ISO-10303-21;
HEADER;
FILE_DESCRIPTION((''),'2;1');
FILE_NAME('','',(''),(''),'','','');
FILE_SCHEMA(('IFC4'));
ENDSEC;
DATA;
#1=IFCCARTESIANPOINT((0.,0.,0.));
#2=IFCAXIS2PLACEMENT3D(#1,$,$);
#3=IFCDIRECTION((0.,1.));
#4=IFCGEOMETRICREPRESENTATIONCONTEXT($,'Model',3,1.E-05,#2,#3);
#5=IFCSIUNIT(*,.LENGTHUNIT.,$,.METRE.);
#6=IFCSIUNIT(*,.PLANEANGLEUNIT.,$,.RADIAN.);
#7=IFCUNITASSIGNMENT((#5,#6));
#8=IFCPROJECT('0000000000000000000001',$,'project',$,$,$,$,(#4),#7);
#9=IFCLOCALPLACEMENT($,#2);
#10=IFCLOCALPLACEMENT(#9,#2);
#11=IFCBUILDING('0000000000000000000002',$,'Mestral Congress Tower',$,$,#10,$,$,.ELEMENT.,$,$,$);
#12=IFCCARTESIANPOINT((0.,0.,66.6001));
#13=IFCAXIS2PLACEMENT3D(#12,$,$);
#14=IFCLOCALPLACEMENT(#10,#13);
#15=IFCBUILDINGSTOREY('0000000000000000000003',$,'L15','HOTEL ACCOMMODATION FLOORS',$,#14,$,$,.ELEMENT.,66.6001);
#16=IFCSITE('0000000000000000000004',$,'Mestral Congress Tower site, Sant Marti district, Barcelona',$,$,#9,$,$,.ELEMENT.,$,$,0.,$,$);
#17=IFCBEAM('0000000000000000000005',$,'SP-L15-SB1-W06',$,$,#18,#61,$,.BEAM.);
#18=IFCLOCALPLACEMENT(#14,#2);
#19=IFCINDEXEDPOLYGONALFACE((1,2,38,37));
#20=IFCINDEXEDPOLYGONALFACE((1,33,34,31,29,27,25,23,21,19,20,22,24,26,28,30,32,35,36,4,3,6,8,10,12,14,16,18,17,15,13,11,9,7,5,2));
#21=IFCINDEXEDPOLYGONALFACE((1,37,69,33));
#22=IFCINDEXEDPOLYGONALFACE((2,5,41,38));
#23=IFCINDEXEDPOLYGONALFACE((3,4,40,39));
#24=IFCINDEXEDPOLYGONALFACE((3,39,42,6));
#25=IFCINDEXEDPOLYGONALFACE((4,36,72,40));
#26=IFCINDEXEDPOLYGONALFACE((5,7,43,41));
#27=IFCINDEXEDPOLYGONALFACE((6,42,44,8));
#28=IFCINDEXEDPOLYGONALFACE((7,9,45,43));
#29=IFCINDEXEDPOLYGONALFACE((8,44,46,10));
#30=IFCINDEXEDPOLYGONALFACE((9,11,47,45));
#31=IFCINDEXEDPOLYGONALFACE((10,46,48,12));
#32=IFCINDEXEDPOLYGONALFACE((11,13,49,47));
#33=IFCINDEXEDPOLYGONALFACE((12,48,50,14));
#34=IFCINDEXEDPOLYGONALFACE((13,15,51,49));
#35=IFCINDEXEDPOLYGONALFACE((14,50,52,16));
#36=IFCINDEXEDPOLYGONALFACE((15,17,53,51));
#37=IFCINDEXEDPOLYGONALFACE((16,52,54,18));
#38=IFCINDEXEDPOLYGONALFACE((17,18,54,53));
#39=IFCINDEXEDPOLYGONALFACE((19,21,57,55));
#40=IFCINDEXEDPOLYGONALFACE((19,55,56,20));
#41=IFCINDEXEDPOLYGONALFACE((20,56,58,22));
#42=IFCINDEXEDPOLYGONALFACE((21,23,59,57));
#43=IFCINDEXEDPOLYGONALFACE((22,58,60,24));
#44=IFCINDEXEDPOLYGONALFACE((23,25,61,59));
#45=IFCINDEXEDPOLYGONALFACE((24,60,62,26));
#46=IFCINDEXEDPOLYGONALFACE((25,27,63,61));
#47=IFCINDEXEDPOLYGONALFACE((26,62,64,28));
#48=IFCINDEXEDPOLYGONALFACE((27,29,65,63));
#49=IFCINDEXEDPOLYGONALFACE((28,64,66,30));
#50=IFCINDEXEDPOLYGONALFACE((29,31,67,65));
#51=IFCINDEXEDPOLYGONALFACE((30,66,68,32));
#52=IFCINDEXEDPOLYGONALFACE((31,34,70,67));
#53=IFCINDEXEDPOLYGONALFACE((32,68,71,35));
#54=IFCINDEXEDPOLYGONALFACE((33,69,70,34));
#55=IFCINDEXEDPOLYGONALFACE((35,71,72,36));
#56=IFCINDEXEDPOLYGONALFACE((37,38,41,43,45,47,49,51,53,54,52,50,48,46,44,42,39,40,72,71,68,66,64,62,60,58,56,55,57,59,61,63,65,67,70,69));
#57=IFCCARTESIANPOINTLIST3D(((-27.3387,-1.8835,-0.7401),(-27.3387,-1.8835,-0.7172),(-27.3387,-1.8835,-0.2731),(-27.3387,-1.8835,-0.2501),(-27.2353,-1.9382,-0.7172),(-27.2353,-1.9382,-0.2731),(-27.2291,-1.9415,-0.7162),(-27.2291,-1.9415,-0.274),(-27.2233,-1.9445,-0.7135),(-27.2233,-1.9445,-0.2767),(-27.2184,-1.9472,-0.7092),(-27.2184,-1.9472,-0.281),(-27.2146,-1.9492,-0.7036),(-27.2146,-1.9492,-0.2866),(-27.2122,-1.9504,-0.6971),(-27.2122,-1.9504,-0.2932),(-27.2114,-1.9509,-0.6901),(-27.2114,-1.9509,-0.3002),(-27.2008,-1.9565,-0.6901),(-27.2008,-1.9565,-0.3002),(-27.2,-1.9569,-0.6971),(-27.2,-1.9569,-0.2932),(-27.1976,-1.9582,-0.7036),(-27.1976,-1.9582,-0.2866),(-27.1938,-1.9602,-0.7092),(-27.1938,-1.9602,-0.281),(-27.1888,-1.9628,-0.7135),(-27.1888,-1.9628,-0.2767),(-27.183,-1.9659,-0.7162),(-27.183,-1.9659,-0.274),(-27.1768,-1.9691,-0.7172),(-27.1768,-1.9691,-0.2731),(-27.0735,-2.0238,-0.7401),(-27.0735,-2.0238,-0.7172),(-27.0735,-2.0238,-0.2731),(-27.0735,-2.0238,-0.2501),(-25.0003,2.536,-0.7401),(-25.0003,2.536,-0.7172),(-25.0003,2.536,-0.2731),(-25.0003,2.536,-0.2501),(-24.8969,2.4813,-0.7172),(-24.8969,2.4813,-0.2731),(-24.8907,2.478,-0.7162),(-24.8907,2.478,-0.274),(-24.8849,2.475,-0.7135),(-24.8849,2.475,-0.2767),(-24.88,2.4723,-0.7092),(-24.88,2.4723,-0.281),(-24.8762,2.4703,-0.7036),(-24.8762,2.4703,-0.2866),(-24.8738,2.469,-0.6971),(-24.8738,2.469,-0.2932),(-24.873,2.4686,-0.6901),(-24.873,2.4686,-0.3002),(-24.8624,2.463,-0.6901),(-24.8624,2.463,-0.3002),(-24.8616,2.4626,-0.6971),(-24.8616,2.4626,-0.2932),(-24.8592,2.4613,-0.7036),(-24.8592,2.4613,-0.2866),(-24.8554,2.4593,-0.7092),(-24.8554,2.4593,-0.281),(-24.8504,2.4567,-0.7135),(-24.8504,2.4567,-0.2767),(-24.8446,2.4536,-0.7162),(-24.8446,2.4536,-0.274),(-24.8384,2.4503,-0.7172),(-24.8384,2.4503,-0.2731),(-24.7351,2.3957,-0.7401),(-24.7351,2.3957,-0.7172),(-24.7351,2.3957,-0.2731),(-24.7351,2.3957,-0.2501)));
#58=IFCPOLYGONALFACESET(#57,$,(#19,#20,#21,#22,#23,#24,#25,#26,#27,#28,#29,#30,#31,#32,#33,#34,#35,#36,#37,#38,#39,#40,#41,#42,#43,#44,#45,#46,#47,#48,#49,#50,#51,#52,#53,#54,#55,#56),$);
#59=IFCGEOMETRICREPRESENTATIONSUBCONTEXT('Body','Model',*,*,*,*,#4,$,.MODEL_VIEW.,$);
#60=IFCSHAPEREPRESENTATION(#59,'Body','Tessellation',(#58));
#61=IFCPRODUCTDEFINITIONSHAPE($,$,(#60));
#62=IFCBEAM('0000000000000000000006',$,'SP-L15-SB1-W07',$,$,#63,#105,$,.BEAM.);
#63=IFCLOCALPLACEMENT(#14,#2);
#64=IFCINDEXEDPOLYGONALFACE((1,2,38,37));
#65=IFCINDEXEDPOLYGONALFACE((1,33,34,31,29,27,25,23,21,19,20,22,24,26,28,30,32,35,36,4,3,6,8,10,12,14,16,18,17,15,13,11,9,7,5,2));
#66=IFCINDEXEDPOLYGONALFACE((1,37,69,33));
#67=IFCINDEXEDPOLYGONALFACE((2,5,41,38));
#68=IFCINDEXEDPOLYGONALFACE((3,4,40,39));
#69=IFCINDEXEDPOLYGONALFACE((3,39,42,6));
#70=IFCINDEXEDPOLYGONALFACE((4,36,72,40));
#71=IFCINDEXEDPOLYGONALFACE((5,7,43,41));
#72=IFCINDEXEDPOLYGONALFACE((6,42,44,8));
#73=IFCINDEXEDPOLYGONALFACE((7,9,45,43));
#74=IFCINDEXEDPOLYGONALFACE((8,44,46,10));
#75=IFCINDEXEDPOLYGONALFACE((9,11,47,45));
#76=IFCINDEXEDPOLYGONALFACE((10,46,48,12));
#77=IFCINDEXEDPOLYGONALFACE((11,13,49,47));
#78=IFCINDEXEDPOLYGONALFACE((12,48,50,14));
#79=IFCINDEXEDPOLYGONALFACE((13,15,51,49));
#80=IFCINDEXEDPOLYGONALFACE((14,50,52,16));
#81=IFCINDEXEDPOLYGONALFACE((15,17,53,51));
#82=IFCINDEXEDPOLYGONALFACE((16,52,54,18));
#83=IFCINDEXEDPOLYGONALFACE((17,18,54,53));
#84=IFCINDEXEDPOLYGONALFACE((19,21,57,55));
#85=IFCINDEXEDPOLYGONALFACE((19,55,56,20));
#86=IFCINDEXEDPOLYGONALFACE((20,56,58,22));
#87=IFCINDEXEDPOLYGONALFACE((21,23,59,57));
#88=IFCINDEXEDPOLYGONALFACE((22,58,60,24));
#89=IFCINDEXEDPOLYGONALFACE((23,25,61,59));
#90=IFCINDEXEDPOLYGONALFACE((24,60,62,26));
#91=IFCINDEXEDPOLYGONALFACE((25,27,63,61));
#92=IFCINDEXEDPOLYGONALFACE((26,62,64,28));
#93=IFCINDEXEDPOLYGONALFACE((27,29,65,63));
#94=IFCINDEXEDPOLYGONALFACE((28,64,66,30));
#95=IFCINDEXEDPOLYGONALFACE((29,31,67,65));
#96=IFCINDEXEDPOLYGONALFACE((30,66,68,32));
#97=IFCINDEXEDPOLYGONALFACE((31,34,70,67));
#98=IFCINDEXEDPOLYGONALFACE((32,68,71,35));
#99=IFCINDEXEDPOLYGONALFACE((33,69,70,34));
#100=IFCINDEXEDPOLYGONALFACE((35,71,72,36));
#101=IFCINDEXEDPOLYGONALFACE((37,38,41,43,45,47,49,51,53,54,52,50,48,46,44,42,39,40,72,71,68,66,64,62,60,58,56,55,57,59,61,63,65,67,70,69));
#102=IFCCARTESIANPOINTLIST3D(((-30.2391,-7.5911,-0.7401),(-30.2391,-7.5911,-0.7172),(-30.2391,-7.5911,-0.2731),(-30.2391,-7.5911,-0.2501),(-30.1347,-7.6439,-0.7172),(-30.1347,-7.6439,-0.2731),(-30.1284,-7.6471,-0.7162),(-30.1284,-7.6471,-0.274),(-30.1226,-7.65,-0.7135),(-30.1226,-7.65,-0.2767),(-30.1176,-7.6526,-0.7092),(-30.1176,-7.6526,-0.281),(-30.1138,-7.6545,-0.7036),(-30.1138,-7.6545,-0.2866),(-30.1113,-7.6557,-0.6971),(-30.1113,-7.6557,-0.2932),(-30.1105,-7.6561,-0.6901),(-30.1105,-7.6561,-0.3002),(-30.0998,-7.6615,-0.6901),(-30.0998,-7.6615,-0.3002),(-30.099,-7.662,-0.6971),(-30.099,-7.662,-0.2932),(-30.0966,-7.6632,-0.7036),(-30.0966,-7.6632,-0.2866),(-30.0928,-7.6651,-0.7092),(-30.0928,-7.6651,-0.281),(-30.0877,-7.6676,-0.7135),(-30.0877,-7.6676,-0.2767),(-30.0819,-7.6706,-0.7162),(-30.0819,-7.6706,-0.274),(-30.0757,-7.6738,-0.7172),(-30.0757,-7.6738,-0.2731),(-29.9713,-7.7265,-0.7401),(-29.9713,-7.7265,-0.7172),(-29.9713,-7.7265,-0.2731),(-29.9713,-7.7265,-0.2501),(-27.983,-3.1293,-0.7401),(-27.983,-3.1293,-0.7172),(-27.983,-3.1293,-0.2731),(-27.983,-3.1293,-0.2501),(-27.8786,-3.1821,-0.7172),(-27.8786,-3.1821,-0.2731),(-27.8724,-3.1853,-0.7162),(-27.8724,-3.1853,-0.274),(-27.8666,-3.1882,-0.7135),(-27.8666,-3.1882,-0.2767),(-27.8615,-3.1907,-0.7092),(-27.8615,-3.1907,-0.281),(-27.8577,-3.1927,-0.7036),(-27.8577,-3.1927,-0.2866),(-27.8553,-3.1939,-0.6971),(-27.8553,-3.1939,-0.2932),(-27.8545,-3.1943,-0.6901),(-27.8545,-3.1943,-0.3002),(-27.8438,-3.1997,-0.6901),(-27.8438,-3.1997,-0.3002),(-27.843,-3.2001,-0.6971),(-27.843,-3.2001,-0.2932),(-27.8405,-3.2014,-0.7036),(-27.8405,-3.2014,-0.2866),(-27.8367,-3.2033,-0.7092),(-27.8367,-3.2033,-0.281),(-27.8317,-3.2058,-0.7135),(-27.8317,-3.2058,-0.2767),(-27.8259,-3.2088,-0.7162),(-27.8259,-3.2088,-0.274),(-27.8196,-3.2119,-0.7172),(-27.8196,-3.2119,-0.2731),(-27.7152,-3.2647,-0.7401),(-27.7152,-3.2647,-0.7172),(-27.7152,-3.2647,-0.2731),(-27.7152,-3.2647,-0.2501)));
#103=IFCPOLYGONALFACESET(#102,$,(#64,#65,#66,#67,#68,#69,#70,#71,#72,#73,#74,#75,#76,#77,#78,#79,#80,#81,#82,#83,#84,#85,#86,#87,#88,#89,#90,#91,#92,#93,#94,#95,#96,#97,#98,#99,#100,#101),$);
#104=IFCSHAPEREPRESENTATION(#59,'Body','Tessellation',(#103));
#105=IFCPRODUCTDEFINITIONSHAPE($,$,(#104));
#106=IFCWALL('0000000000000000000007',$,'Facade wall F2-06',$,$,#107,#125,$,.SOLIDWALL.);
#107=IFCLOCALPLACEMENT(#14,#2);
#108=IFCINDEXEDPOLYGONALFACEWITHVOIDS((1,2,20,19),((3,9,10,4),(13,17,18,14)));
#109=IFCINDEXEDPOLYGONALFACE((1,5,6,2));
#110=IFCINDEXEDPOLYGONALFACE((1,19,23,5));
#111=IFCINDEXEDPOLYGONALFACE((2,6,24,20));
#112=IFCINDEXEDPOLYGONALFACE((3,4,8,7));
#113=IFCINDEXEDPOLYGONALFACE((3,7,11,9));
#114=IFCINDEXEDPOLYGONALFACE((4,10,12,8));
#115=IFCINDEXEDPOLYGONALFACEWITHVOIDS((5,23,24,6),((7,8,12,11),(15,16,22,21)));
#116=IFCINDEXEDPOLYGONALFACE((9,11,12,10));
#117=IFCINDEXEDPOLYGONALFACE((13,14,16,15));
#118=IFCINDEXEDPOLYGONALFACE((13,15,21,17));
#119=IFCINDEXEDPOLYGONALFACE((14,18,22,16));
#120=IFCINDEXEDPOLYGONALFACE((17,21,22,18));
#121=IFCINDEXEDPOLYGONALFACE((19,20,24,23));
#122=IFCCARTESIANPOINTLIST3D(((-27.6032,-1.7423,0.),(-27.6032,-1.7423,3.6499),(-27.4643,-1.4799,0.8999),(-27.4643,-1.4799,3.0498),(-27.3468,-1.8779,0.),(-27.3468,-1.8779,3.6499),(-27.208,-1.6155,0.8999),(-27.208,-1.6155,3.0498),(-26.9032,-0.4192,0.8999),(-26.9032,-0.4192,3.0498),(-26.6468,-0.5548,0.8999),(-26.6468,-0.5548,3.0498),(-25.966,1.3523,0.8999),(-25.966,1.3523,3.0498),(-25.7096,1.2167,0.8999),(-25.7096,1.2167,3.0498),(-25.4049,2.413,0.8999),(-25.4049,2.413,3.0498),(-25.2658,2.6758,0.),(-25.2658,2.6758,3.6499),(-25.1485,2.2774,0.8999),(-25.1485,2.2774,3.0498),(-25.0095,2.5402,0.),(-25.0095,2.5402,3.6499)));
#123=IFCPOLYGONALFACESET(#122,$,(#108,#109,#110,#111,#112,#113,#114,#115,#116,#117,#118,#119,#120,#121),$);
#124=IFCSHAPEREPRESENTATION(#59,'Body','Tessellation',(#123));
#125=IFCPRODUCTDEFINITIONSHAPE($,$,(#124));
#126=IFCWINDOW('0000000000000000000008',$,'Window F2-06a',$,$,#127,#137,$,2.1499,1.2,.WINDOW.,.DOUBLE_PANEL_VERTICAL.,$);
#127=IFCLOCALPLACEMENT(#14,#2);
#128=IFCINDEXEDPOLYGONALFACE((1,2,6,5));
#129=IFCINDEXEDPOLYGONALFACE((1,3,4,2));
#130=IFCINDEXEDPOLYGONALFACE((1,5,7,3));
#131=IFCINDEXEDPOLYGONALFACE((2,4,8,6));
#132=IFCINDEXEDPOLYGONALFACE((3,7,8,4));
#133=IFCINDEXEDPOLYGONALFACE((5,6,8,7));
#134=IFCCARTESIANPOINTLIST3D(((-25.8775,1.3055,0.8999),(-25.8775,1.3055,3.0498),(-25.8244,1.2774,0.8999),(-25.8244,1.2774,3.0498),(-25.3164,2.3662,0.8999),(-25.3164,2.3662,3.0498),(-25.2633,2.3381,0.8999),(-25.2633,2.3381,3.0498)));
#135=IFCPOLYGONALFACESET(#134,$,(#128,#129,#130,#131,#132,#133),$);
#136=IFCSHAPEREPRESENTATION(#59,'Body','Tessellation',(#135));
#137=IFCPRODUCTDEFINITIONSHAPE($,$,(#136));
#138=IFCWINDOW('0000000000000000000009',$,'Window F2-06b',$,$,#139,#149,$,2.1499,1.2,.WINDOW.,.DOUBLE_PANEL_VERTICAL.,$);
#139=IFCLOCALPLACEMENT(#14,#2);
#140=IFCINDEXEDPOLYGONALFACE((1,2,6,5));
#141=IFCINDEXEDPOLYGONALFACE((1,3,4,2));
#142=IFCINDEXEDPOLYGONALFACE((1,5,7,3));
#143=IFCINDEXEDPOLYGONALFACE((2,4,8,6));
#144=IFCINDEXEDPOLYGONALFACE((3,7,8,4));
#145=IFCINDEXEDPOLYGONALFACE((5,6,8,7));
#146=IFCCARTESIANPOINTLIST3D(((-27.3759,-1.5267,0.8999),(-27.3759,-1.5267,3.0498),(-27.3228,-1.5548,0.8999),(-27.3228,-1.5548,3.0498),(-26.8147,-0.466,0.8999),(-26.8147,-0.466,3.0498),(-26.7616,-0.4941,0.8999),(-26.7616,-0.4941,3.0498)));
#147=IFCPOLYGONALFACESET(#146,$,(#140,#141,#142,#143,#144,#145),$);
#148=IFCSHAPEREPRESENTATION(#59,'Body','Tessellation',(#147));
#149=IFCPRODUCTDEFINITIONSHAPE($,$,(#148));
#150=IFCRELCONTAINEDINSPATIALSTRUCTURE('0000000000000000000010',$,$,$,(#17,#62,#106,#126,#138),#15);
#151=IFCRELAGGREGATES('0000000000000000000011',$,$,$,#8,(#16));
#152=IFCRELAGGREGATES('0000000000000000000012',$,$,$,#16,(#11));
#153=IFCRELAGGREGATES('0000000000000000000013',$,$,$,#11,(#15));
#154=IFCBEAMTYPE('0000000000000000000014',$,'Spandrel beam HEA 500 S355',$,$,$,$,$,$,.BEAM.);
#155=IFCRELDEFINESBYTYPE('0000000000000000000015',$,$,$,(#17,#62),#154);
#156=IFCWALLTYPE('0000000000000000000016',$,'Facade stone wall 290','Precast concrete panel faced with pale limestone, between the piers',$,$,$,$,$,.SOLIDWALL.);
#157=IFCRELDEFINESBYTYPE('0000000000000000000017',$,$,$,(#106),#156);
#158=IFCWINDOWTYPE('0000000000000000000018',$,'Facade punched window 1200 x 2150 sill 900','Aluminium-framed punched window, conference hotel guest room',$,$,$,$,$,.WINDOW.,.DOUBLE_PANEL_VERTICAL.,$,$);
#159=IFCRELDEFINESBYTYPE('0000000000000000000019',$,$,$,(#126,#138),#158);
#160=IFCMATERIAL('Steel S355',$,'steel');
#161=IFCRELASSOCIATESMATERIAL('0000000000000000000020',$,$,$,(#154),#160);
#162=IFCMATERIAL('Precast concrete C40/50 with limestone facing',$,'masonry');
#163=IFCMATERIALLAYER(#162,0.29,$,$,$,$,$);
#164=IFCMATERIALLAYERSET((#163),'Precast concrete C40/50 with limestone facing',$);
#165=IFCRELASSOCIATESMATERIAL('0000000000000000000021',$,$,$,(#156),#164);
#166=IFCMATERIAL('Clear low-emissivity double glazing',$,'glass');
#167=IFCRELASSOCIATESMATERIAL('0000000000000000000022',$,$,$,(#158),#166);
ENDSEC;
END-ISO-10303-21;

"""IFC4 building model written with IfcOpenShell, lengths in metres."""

from ifc_helpers import new_model, si_unit, direction, frame, frame_2d, origin, origin_2d, place, context, subcontext, project, spatial, rectangle, i_section, extrude, material, layer, layer_set, material_profile, profile_set, type_object, element, fill, save


model = new_model("IFC4")

# Units and contexts
model_context = context("Model", 3, precision=1e-05, world=origin(), true_north=direction((0.0, 1.0)))
body_context = subcontext(model_context, "Body", "Model", "MODEL_VIEW")
ifc_project = project(units=[si_unit("LENGTHUNIT", "METRE"), si_unit("PLANEANGLEUNIT", "RADIAN")], contexts=[model_context])

# Site, building, storey
site_placement = place(None, origin())
site = spatial("IfcSite", under=ifc_project, at=site_placement, Name="Mestral Congress Tower site, Sant Marti district, Barcelona", CompositionType="ELEMENT", RefElevation=0.0)
building_placement = place(site_placement, origin())
building = spatial("IfcBuilding", under=site, at=building_placement, Name="Mestral Congress Tower", CompositionType="ELEMENT")
storey_placement = place(building_placement, frame((0.0, 0.0, 66.6001)))
storey = spatial("IfcBuildingStorey", under=building, at=storey_placement, Name="L15", Description="HOTEL ACCOMMODATION FLOORS", CompositionType="ELEMENT", Elevation=66.6001)

# Beams
ifc_material_1 = material(Name="Steel S355", Category="steel")
ifc_material_profile_1 = material_profile(ifc_material_1, i_section(OverallWidth=0.3, OverallDepth=0.49, WebThickness=0.012, FlangeThickness=0.0229, FilletRadius=0.0271, at=origin_2d()), Name="HEA 500")
ifc_profile_set_1 = profile_set([ifc_material_profile_1], Name="Steel S355")
beam_type_1 = type_object("IfcBeamType", Name="Spandrel beam HEA 500 S355", PredefinedType="BEAM", material=ifc_profile_set_1)
beam_1_placement = place(storey_placement, frame((-24.8677, 2.4658, -0.4951), z_axis=(-0.467681, -0.883897, 0.0), x_axis=(0.883897, -0.467681, 0.0)))
element("IfcBeam", 1, at=beam_1_placement, inside=storey, type_object=beam_type_1, Name="SP-L15-SB1-W06", PredefinedType="BEAM", context=body_context, shape_type="SweptSolid", body=[
    extrude(i_section(OverallWidth=0.3, OverallDepth=0.49, WebThickness=0.012, FlangeThickness=0.0229, FilletRadius=0.0271, at=origin_2d()), origin(), (0.0, 0.0, 1.0), 5.0),
])
beam_2_placement = place(storey_placement, frame((-27.8491, -3.197, -0.4951), z_axis=(-0.451233, -0.892406, 0.0), x_axis=(0.892406, -0.451233, 0.0)))
element("IfcBeam", 2, at=beam_2_placement, inside=storey, type_object=beam_type_1, Name="SP-L15-SB1-W07", PredefinedType="BEAM", context=body_context, shape_type="SweptSolid", body=[
    extrude(i_section(OverallWidth=0.3, OverallDepth=0.49, WebThickness=0.012, FlangeThickness=0.0229, FilletRadius=0.0271, at=origin_2d()), origin(), (0.0, 0.0, 1.0), 4.9998),
])

# Wall, openings, windows
ifc_material_2 = material(Name="Precast concrete C40/50 with limestone facing", Category="masonry")
ifc_layer_1 = layer(ifc_material_2, 0.29)
ifc_layer_set_1 = layer_set([ifc_layer_1], Name="Precast concrete C40/50 with limestone facing")
wall_type_1 = type_object("IfcWallType", Name="Facade stone wall 290", Description="Precast concrete panel faced with pale limestone, between the piers", PredefinedType="SOLIDWALL", material=ifc_layer_set_1)
wall_1_placement = place(storey_placement, frame((-25.1377, 2.6079, 0.0), z_axis=(0.0, 0.0, 1.0), x_axis=(-0.46763, -0.883925, 0.0)))
wall_1 = element("IfcWall", 3, at=wall_1_placement, inside=storey, type_object=wall_type_1, Name="Facade wall F2-06", PredefinedType="SOLIDWALL", context=body_context, shape_type="SweptSolid", body=[
    extrude(rectangle(XDim=4.9983, YDim=0.29, at=frame_2d((2.499, 0.0))), origin(), (0.0, 0.0, 1.0), 3.6499),
])
opening_1_placement = place(wall_1_placement, frame((0.2971, 0.0, 0.8999)))
opening_1 = element("IfcOpeningElement", 4, at=opening_1_placement, cuts=wall_1, PredefinedType="OPENING", context=body_context, shape_type="SweptSolid", body=[
    extrude(rectangle(XDim=1.2, YDim=2.1499, at=frame_2d((0.6001, 1.075))), frame((0.0, 0.155, 0.0), z_axis=(0.0, -1.0, 0.0), x_axis=(1.0, 0.0, 0.0)), (0.0, 0.0, 1.0), 0.3101),
])
opening_2_placement = place(wall_1_placement, frame((3.5012, 0.0, 0.8999)))
opening_2 = element("IfcOpeningElement", 5, at=opening_2_placement, cuts=wall_1, PredefinedType="OPENING", context=body_context, shape_type="SweptSolid", body=[
    extrude(rectangle(XDim=1.2, YDim=2.1499, at=frame_2d((0.6001, 1.075))), frame((0.0, 0.155, 0.0), z_axis=(0.0, -1.0, 0.0), x_axis=(1.0, 0.0, 0.0)), (0.0, 0.0, 1.0), 0.3101),
])
ifc_material_3 = material(Name="Clear low-emissivity double glazing", Category="glass")
window_type = type_object("IfcWindowType", Name="Facade punched window 1200 x 2150 sill 900", Description="Aluminium-framed punched window, conference hotel guest room", PartitioningType="DOUBLE_PANEL_VERTICAL", PredefinedType="WINDOW", material=ifc_material_3)
window_1_placement = place(opening_1_placement, origin())
window_1 = element("IfcWindow", 6, at=window_1_placement, inside=storey, type_object=window_type, Name="Window F2-06a", OverallHeight=2.1499, OverallWidth=1.2, PartitioningType="DOUBLE_PANEL_VERTICAL", PredefinedType="WINDOW", context=body_context, shape_type="SweptSolid", body=[
    extrude(rectangle(XDim=1.2, YDim=2.1499, at=frame_2d((0.6001, 1.075))), frame((0.0, 0.0151, 0.0), z_axis=(0.0, -1.0, 0.0), x_axis=(1.0, 0.0, 0.0)), (0.0, 0.0, 1.0), 0.0601),
])
fill(opening_1, window_1)
window_2_placement = place(opening_2_placement, origin())
window_2 = element("IfcWindow", 7, at=window_2_placement, inside=storey, type_object=window_type, Name="Window F2-06b", OverallHeight=2.1499, OverallWidth=1.2, PartitioningType="DOUBLE_PANEL_VERTICAL", PredefinedType="WINDOW", context=body_context, shape_type="SweptSolid", body=[
    extrude(rectangle(XDim=1.2, YDim=2.1499, at=frame_2d((0.6001, 1.075))), frame((0.0, 0.0151, 0.0), z_axis=(0.0, -1.0, 0.0), x_axis=(1.0, 0.0, 0.0)), (0.0, 0.0, 1.0), 0.0601),
])
fill(opening_2, window_2)

save(model, "model.ifc")
